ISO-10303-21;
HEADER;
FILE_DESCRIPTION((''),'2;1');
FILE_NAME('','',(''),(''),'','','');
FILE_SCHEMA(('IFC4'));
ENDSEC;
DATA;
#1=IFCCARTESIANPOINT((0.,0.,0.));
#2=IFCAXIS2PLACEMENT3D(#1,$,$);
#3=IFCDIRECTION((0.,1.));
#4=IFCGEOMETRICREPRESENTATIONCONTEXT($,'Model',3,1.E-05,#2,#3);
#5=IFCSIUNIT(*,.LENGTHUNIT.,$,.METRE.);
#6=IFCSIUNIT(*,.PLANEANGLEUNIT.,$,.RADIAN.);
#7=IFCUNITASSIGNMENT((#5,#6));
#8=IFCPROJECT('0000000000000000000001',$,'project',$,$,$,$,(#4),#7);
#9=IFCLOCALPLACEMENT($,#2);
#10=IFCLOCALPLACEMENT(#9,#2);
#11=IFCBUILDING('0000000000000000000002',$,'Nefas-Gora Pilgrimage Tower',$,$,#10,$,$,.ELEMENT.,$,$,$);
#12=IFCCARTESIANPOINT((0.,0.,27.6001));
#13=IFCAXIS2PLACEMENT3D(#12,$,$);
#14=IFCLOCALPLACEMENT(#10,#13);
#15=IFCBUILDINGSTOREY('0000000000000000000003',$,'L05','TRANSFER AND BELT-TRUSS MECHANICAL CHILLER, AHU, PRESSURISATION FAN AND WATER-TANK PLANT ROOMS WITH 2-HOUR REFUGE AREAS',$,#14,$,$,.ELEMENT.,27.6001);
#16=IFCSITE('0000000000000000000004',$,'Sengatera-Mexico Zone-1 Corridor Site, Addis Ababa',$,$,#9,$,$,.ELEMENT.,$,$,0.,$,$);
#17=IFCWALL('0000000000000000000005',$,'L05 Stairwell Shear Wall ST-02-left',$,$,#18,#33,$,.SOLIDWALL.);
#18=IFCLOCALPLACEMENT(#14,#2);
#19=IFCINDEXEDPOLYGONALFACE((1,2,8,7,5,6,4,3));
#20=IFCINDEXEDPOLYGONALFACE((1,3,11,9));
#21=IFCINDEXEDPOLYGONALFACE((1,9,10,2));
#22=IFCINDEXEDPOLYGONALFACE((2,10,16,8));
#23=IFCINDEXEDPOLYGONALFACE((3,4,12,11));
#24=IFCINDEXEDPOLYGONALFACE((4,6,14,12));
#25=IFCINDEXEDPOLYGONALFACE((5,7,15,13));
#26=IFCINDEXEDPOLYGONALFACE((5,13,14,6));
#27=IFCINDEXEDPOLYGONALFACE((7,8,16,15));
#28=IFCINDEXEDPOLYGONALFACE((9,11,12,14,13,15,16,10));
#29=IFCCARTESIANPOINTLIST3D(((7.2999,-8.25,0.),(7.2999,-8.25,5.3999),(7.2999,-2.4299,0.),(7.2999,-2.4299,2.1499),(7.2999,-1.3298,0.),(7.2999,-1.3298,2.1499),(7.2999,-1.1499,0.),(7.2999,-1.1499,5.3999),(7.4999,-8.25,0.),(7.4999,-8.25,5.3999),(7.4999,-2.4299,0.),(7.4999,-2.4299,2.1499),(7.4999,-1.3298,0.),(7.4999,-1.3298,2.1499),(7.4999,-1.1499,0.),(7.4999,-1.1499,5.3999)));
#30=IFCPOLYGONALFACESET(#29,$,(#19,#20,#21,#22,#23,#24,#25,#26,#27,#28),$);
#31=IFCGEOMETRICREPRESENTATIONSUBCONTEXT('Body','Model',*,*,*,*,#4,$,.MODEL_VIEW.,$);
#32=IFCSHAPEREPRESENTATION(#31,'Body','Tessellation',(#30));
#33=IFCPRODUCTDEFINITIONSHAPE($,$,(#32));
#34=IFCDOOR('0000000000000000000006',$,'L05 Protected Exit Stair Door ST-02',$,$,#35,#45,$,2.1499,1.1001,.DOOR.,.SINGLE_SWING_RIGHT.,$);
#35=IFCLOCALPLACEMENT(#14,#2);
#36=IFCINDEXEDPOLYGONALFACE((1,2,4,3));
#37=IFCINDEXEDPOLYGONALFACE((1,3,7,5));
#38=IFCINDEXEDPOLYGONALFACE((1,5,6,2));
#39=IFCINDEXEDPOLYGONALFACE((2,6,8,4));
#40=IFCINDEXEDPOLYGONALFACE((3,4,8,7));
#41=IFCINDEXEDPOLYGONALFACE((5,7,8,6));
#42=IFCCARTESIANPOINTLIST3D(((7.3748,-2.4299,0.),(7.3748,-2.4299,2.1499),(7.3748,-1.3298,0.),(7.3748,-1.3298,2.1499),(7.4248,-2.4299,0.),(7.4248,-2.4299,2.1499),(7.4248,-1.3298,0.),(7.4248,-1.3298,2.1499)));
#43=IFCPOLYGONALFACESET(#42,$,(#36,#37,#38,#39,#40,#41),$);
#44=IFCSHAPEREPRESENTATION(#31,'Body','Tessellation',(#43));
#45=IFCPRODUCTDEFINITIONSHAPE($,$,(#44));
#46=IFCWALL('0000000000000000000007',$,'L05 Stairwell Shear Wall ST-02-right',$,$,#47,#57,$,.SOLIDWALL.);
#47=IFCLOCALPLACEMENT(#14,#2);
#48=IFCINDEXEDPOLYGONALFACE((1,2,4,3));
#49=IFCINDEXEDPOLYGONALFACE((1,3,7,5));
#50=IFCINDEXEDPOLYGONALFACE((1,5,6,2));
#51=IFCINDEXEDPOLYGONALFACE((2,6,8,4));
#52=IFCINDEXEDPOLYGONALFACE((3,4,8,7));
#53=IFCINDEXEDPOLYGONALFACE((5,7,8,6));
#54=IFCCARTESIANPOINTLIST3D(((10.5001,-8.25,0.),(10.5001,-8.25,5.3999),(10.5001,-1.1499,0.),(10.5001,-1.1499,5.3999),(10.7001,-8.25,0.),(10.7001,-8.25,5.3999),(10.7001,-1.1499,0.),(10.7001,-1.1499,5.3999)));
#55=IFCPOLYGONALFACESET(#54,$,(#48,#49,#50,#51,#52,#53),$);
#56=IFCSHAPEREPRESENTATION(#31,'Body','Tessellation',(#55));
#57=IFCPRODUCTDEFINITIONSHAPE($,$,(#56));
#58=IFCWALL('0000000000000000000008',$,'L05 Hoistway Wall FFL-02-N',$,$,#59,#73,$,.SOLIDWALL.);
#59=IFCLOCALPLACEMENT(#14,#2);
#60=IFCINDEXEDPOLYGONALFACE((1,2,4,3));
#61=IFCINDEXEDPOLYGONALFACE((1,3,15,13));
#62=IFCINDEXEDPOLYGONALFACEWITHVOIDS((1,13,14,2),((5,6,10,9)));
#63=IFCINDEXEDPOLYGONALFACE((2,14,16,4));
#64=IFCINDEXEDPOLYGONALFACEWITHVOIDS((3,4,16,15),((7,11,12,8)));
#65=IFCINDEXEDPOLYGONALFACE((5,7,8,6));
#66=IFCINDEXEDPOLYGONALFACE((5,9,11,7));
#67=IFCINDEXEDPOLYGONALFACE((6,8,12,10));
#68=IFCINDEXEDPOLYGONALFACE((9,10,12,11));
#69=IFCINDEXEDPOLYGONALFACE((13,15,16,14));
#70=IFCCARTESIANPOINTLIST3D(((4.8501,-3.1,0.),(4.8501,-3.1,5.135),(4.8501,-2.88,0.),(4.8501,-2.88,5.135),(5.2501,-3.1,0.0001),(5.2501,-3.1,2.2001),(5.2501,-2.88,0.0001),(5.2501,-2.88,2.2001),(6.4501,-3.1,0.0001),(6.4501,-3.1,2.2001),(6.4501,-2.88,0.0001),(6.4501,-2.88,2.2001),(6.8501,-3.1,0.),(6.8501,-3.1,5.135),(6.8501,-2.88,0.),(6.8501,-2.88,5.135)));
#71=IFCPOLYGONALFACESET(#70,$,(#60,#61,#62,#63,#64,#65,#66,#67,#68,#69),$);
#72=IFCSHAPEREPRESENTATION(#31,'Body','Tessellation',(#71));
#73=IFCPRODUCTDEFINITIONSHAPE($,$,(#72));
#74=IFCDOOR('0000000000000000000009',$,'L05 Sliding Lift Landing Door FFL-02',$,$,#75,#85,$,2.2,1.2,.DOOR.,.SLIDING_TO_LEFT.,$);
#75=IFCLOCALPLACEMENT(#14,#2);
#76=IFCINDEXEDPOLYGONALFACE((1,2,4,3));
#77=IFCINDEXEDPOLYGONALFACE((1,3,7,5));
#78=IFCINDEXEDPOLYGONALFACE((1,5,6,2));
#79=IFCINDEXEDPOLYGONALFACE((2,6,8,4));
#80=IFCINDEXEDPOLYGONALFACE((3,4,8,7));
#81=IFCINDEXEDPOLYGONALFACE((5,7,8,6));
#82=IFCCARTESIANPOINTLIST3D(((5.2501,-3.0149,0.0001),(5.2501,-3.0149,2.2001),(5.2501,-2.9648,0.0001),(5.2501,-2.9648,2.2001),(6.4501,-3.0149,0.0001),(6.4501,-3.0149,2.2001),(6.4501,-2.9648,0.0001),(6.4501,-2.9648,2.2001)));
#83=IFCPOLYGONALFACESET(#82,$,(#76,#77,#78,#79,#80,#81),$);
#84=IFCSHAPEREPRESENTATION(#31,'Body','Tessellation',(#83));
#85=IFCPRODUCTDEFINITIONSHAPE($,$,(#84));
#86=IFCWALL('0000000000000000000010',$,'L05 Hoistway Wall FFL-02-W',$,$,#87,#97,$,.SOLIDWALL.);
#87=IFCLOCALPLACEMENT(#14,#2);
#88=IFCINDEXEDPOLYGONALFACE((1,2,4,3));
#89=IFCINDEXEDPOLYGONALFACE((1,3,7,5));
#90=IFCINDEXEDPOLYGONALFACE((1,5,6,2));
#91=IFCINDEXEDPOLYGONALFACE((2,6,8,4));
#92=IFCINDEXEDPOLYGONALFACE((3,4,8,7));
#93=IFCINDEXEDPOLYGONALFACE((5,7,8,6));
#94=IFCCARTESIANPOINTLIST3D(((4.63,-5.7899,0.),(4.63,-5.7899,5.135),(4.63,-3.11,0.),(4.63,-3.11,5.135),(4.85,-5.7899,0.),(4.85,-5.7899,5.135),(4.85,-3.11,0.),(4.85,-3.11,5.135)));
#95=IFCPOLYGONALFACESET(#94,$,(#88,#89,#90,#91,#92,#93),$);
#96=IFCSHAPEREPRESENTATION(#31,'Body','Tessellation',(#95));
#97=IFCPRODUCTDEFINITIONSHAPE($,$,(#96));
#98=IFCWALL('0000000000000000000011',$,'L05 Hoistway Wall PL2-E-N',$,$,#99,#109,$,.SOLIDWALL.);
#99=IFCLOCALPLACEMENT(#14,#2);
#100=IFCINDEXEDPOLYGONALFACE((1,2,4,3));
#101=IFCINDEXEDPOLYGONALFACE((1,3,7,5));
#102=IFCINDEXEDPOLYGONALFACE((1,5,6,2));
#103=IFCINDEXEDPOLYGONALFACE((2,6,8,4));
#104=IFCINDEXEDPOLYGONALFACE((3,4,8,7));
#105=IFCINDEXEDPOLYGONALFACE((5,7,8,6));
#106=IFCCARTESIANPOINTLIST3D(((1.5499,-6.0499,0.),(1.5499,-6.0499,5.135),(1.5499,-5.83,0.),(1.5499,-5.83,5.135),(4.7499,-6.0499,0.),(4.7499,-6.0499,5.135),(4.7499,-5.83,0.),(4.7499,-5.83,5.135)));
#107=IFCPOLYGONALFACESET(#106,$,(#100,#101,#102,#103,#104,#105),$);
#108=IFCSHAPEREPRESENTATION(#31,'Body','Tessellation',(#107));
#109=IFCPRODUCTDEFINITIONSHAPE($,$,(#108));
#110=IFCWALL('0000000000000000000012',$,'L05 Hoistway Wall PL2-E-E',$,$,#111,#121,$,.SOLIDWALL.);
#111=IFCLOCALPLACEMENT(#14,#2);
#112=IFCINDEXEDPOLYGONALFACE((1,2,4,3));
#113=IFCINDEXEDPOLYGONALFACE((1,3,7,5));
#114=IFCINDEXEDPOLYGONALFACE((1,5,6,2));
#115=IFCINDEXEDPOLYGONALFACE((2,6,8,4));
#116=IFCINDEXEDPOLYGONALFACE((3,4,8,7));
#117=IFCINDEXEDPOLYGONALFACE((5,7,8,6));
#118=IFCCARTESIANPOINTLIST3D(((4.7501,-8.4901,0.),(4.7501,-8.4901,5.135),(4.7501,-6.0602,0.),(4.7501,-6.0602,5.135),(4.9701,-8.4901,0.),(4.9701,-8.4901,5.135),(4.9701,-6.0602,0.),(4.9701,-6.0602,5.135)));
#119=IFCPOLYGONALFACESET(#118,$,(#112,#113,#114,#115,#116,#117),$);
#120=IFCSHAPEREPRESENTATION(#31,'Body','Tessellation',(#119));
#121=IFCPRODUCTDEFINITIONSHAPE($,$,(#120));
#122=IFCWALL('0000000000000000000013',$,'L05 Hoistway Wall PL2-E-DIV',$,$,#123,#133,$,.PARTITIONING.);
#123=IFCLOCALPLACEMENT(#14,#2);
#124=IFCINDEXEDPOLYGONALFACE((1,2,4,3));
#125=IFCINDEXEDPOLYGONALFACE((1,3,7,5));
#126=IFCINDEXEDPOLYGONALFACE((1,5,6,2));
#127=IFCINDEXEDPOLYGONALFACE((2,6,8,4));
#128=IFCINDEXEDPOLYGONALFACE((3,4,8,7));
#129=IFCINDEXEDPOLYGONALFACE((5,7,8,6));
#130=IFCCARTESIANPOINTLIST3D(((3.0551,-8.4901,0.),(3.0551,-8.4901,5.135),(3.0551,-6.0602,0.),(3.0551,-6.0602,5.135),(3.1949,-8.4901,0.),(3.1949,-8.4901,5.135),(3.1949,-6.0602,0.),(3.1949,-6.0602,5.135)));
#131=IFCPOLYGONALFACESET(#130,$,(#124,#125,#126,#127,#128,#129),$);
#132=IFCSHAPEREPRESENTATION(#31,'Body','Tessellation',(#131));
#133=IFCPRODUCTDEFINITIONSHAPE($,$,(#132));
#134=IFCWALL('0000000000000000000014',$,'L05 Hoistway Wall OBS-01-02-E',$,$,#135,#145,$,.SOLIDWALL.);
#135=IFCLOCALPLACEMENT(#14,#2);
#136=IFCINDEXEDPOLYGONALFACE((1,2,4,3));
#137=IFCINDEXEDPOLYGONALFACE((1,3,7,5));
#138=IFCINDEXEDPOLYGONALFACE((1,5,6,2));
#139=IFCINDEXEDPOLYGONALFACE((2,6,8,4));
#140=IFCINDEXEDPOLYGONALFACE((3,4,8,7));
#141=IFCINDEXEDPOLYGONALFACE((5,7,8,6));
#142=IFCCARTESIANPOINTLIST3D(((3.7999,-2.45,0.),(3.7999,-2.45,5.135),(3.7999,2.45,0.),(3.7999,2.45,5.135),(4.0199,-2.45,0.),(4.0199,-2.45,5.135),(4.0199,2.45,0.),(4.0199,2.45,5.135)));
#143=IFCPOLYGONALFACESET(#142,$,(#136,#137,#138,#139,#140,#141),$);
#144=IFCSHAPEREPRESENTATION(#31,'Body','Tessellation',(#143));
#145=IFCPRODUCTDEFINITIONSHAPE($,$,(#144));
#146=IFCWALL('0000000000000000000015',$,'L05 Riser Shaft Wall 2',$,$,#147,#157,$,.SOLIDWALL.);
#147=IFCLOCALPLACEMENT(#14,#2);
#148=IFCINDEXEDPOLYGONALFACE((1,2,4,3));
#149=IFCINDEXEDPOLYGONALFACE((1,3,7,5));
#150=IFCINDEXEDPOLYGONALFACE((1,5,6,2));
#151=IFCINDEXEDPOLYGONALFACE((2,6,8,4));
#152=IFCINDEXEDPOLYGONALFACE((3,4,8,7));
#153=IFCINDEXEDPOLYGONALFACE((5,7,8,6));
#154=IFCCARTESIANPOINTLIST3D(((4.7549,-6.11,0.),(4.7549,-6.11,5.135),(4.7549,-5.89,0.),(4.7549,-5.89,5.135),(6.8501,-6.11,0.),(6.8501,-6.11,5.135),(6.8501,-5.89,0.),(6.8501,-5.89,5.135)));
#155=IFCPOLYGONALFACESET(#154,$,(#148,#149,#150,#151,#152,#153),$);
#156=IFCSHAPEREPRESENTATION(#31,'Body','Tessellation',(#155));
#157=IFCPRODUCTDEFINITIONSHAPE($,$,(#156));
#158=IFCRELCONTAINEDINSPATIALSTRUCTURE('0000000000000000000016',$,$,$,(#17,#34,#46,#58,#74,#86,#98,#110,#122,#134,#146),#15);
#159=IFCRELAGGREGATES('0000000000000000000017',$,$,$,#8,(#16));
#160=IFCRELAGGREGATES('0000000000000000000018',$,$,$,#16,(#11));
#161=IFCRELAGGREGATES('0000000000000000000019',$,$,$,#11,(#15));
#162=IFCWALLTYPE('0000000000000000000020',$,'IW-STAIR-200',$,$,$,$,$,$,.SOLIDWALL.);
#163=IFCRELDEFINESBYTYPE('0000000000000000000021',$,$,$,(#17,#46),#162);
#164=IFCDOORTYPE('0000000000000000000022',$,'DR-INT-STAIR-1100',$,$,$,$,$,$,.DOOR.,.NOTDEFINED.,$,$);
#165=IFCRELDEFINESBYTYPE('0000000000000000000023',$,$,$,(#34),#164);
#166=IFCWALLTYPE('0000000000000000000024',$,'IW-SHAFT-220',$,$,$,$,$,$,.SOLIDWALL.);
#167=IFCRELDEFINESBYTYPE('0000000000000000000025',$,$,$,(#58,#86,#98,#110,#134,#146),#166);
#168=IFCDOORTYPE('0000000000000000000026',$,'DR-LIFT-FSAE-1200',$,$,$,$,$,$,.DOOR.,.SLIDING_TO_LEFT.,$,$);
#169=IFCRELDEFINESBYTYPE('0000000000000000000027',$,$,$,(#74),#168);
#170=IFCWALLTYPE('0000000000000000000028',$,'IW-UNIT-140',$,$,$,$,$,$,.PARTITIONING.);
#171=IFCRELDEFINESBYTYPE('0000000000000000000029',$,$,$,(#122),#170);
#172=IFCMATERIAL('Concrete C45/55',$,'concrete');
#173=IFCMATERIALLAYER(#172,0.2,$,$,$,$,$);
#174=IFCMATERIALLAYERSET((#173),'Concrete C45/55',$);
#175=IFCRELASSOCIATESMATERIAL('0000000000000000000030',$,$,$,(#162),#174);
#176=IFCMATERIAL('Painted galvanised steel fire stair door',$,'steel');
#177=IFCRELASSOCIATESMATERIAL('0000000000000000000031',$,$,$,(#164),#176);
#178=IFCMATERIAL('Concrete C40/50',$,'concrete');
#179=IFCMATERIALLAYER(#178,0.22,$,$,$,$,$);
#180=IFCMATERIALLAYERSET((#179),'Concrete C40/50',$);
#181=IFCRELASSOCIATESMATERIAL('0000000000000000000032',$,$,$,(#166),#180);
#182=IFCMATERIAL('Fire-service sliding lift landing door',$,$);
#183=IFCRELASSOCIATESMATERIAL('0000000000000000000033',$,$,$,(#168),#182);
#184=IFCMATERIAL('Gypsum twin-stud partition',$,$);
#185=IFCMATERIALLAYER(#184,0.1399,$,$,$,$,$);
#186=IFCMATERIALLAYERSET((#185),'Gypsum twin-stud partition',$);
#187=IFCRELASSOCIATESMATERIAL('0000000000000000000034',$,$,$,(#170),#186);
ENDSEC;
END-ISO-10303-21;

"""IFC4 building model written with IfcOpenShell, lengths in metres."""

from ifc_helpers import new_model, si_unit, direction, frame, frame_2d, origin, place, context, subcontext, project, spatial, rectangle, extrude, source, transform, mapped, material, layer, layer_set, type_object, element, fill, save


model = new_model("IFC4")

# Units and contexts
model_context = context("Model", 3, precision=1e-05, world=origin(), true_north=direction((0.0, 1.0)))
body_context = subcontext(model_context, "Body", "Model", "MODEL_VIEW")
ifc_project = project(units=[si_unit("LENGTHUNIT", "METRE"), si_unit("PLANEANGLEUNIT", "RADIAN")], contexts=[model_context])

# Site, building, storey
site_placement = place(None, origin())
site = spatial("IfcSite", under=ifc_project, at=site_placement, Name="Sengatera-Mexico Zone-1 Corridor Site, Addis Ababa", CompositionType="ELEMENT", RefElevation=0.0)
building_placement = place(site_placement, origin())
building = spatial("IfcBuilding", under=site, at=building_placement, Name="Nefas-Gora Pilgrimage Tower", CompositionType="ELEMENT")
storey_placement = place(building_placement, frame((0.0, 0.0, 27.6001)))
storey = spatial("IfcBuildingStorey", under=building, at=storey_placement, Name="L05", Description="TRANSFER AND BELT-TRUSS MECHANICAL CHILLER, AHU, PRESSURISATION FAN AND WATER-TANK PLANT ROOMS WITH 2-HOUR REFUGE AREAS", CompositionType="ELEMENT", Elevation=27.6001)

# Shared definitions
ifc_material_1 = material(Name="Concrete C45/55", Category="concrete")
ifc_layer_1 = layer(ifc_material_1, 0.2)
ifc_layer_set_1 = layer_set([ifc_layer_1], Name="Concrete C45/55")
wall_type_1 = type_object("IfcWallType", Name="IW-STAIR-200", PredefinedType="SOLIDWALL", material=ifc_layer_set_1)

# Wall, opening, door
shared_shape_1 = source(origin(), body_context, "Body", "SweptSolid", [
    extrude(rectangle(XDim=7.1001, YDim=0.2, at=frame_2d((3.55, 0.0))), origin(), (0.0, 0.0, 1.0), 5.3999),
])
wall_1_placement = place(storey_placement, frame((7.3999, -1.1499, 0.0), z_axis=(0.0, 0.0, 1.0), x_axis=(0.0, -1.0, 0.0)))
wall_1 = element("IfcWall", 1, at=wall_1_placement, inside=storey, type_object=wall_type_1, Name="L05 Stairwell Shear Wall ST-02-left", PredefinedType="SOLIDWALL", context=body_context, shape_type="MappedRepresentation", body=[
    mapped(shared_shape_1, transform((0.0, 0.0, 0.0), x_axis=(1.0, 0.0, 0.0), y_axis=(0.0, 1.0, 0.0), z_axis=(0.0, 0.0, 1.0), scale=1.0)),
])
opening_1_placement = place(wall_1_placement, frame((0.1799, 0.0, 0.0)))
opening_1 = element("IfcOpeningElement", 2, at=opening_1_placement, cuts=wall_1, PredefinedType="OPENING", context=body_context, shape_type="SweptSolid", body=[
    extrude(rectangle(XDim=1.1001, YDim=2.1499, at=frame_2d((0.55, 1.075))), frame((0.0, 0.1099, 0.0), z_axis=(0.0, -1.0, 0.0), x_axis=(1.0, 0.0, 0.0)), (0.0, 0.0, 1.0), 0.22),
])
ifc_material_2 = material(Name="Painted galvanised steel fire stair door", Category="steel")
door_type_1 = type_object("IfcDoorType", Name="DR-INT-STAIR-1100", OperationType="NOTDEFINED", PredefinedType="DOOR", material=ifc_material_2)
shared_shape_2 = source(origin(), body_context, "Body", "SweptSolid", [
    extrude(rectangle(XDim=1.1001, YDim=2.1499, at=frame_2d((0.55, 1.075))), frame((0.0, 0.0249, 0.0), z_axis=(0.0, -1.0, 0.0), x_axis=(1.0, 0.0, 0.0)), (0.0, 0.0, 1.0), 0.05),
])
door_1_placement = place(opening_1_placement, origin())
door_1 = element("IfcDoor", 3, at=door_1_placement, inside=storey, type_object=door_type_1, Name="L05 Protected Exit Stair Door ST-02", OperationType="SINGLE_SWING_RIGHT", OverallHeight=2.1499, OverallWidth=1.1001, PredefinedType="DOOR", context=body_context, shape_type="MappedRepresentation", body=[
    mapped(shared_shape_2, transform((0.0, 0.0, 0.0), x_axis=(1.0, 0.0, 0.0), y_axis=(0.0, 1.0, 0.0), z_axis=(0.0, 0.0, 1.0), scale=1.0)),
])
fill(opening_1, door_1)

# Wall
wall_2_placement = place(storey_placement, frame((10.6001, -1.1499, 0.0), z_axis=(0.0, 0.0, 1.0), x_axis=(0.0, -1.0, 0.0)))
element("IfcWall", 4, at=wall_2_placement, inside=storey, type_object=wall_type_1, Name="L05 Stairwell Shear Wall ST-02-right", PredefinedType="SOLIDWALL", context=body_context, shape_type="MappedRepresentation", body=[
    mapped(shared_shape_1, transform((0.0, 0.0, 0.0), x_axis=(1.0, 0.0, 0.0), y_axis=(0.0, 1.0, 0.0), z_axis=(0.0, 0.0, 1.0), scale=1.0)),
])

# Wall, opening, door
ifc_material_3 = material(Name="Concrete C40/50", Category="concrete")
ifc_layer_2 = layer(ifc_material_3, 0.22)
ifc_layer_set_2 = layer_set([ifc_layer_2], Name="Concrete C40/50")
wall_type_2 = type_object("IfcWallType", Name="IW-SHAFT-220", PredefinedType="SOLIDWALL", material=ifc_layer_set_2)
shared_shape_3 = source(origin(), body_context, "Body", "SweptSolid", [
    extrude(rectangle(XDim=2.0, YDim=0.22, at=frame_2d((1.0, 0.0))), origin(), (0.0, 0.0, 1.0), 5.135),
])
wall_3_placement = place(storey_placement, frame((6.8501, -2.99, 0.0), z_axis=(0.0, 0.0, 1.0), x_axis=(-1.0, 0.0, 0.0)))
wall_3 = element("IfcWall", 5, at=wall_3_placement, inside=storey, type_object=wall_type_2, Name="L05 Hoistway Wall FFL-02-N", PredefinedType="SOLIDWALL", context=body_context, shape_type="MappedRepresentation", body=[
    mapped(shared_shape_3, transform((0.0, 0.0, 0.0), x_axis=(1.0, 0.0, 0.0), y_axis=(0.0, 1.0, 0.0), z_axis=(0.0, 0.0, 1.0), scale=1.0)),
])
opening_2_placement = place(wall_3_placement, frame((0.3999, 0.0, 0.0)))
opening_2 = element("IfcOpeningElement", 6, at=opening_2_placement, cuts=wall_3, PredefinedType="OPENING", context=body_context, shape_type="SweptSolid", body=[
    extrude(rectangle(XDim=1.2, YDim=2.2, at=frame_2d((0.6001, 1.1001))), frame((0.0, 0.1199, 0.0), z_axis=(0.0, -1.0, 0.0), x_axis=(1.0, 0.0, 0.0)), (0.0, 0.0, 1.0), 0.24),
])
ifc_material_4 = material(Name="Fire-service sliding lift landing door")
door_type_2 = type_object("IfcDoorType", Name="DR-LIFT-FSAE-1200", OperationType="SLIDING_TO_LEFT", PredefinedType="DOOR", material=ifc_material_4)
shared_shape_4 = source(origin(), body_context, "Body", "SweptSolid", [
    extrude(rectangle(XDim=1.2, YDim=2.2, at=frame_2d((0.6001, 1.1001))), frame((0.0, 0.0249, 0.0), z_axis=(0.0, -1.0, 0.0), x_axis=(1.0, 0.0, 0.0)), (0.0, 0.0, 1.0), 0.05),
])
door_2_placement = place(opening_2_placement, origin())
door_2 = element("IfcDoor", 7, at=door_2_placement, inside=storey, type_object=door_type_2, Name="L05 Sliding Lift Landing Door FFL-02", OperationType="SLIDING_TO_LEFT", OverallHeight=2.2, OverallWidth=1.2, PredefinedType="DOOR", context=body_context, shape_type="MappedRepresentation", body=[
    mapped(shared_shape_4, transform((0.0, 0.0, 0.0), x_axis=(1.0, 0.0, 0.0), y_axis=(0.0, 1.0, 0.0), z_axis=(0.0, 0.0, 1.0), scale=1.0)),
])
fill(opening_2, door_2)

# Walls
shared_shape_5 = source(origin(), body_context, "Body", "SweptSolid", [
    extrude(rectangle(XDim=2.6799, YDim=0.22, at=frame_2d((1.3398, 0.0))), origin(), (0.0, 0.0, 1.0), 5.135),
])
wall_4_placement = place(storey_placement, frame((4.74, -3.1101, 0.0), z_axis=(0.0, 0.0, 1.0), x_axis=(0.0, -1.0, 0.0)))
element("IfcWall", 8, at=wall_4_placement, inside=storey, type_object=wall_type_2, Name="L05 Hoistway Wall FFL-02-W", PredefinedType="SOLIDWALL", context=body_context, shape_type="MappedRepresentation", body=[
    mapped(shared_shape_5, transform((0.0, 0.0, 0.0), x_axis=(1.0, 0.0, 0.0), y_axis=(0.0, 1.0, 0.0), z_axis=(0.0, 0.0, 1.0), scale=1.0)),
])
shared_shape_6 = source(origin(), body_context, "Body", "SweptSolid", [
    extrude(rectangle(XDim=3.2, YDim=0.22, at=frame_2d((1.6001, 0.0))), origin(), (0.0, 0.0, 1.0), 5.135),
])
wall_5_placement = place(storey_placement, frame((4.75, -5.9399, 0.0), z_axis=(0.0, 0.0, 1.0), x_axis=(-1.0, 0.0, 0.0)))
element("IfcWall", 9, at=wall_5_placement, inside=storey, type_object=wall_type_2, Name="L05 Hoistway Wall PL2-E-N", PredefinedType="SOLIDWALL", context=body_context, shape_type="MappedRepresentation", body=[
    mapped(shared_shape_6, transform((0.0, 0.0, 0.0), x_axis=(1.0, 0.0, 0.0), y_axis=(0.0, 1.0, 0.0), z_axis=(0.0, 0.0, 1.0), scale=1.0)),
])
shared_shape_7 = source(origin(), body_context, "Body", "SweptSolid", [
    extrude(rectangle(XDim=2.4299, YDim=0.22, at=frame_2d((1.2148, 0.0))), origin(), (0.0, 0.0, 1.0), 5.135),
])
wall_6_placement = place(storey_placement, frame((4.8601, -8.49, 0.0), z_axis=(0.0, 0.0, 1.0), x_axis=(0.0, 1.0, 0.0)))
element("IfcWall", 10, at=wall_6_placement, inside=storey, type_object=wall_type_2, Name="L05 Hoistway Wall PL2-E-E", PredefinedType="SOLIDWALL", context=body_context, shape_type="MappedRepresentation", body=[
    mapped(shared_shape_7, transform((0.0, 0.0, 0.0), x_axis=(1.0, 0.0, 0.0), y_axis=(0.0, 1.0, 0.0), z_axis=(0.0, 0.0, 1.0), scale=1.0)),
])
ifc_material_5 = material(Name="Gypsum twin-stud partition")
ifc_layer_3 = layer(ifc_material_5, 0.1399)
ifc_layer_set_3 = layer_set([ifc_layer_3], Name="Gypsum twin-stud partition")
wall_type_3 = type_object("IfcWallType", Name="IW-UNIT-140", PredefinedType="PARTITIONING", material=ifc_layer_set_3)
shared_shape_8 = source(origin(), body_context, "Body", "SweptSolid", [
    extrude(rectangle(XDim=2.4299, YDim=0.1399, at=frame_2d((1.2148, 0.0))), origin(), (0.0, 0.0, 1.0), 5.135),
])
wall_7_placement = place(storey_placement, frame((3.125, -8.49, 0.0), z_axis=(0.0, 0.0, 1.0), x_axis=(0.0, 1.0, 0.0)))
element("IfcWall", 11, at=wall_7_placement, inside=storey, type_object=wall_type_3, Name="L05 Hoistway Wall PL2-E-DIV", PredefinedType="PARTITIONING", context=body_context, shape_type="MappedRepresentation", body=[
    mapped(shared_shape_8, transform((0.0, 0.0, 0.0), x_axis=(1.0, 0.0, 0.0), y_axis=(0.0, 1.0, 0.0), z_axis=(0.0, 0.0, 1.0), scale=1.0)),
])
shared_shape_9 = source(origin(), body_context, "Body", "SweptSolid", [
    extrude(rectangle(XDim=4.8999, YDim=0.22, at=frame_2d((2.45, 0.0))), origin(), (0.0, 0.0, 1.0), 5.135),
])
wall_8_placement = place(storey_placement, frame((3.9099, -2.45, 0.0), z_axis=(0.0, 0.0, 1.0), x_axis=(0.0, 1.0, 0.0)))
element("IfcWall", 12, at=wall_8_placement, inside=storey, type_object=wall_type_2, Name="L05 Hoistway Wall OBS-01-02-E", PredefinedType="SOLIDWALL", context=body_context, shape_type="MappedRepresentation", body=[
    mapped(shared_shape_9, transform((0.0, 0.0, 0.0), x_axis=(1.0, 0.0, 0.0), y_axis=(0.0, 1.0, 0.0), z_axis=(0.0, 0.0, 1.0), scale=1.0)),
])
shared_shape_10 = source(origin(), body_context, "Body", "SweptSolid", [
    extrude(rectangle(XDim=2.0952, YDim=0.22, at=frame_2d((1.0476, 0.0))), origin(), (0.0, 0.0, 1.0), 5.135),
])
wall_9_placement = place(storey_placement, frame((4.7549, -6.0, 0.0), z_axis=(0.0, 0.0, 1.0), x_axis=(1.0, 0.0, 0.0)))
element("IfcWall", 13, at=wall_9_placement, inside=storey, type_object=wall_type_2, Name="L05 Riser Shaft Wall 2", PredefinedType="SOLIDWALL", context=body_context, shape_type="MappedRepresentation", body=[
    mapped(shared_shape_10, transform((0.0, 0.0, 0.0), x_axis=(1.0, 0.0, 0.0), y_axis=(0.0, 1.0, 0.0), z_axis=(0.0, 0.0, 1.0), scale=1.0)),
])

save(model, "model.ifc")
